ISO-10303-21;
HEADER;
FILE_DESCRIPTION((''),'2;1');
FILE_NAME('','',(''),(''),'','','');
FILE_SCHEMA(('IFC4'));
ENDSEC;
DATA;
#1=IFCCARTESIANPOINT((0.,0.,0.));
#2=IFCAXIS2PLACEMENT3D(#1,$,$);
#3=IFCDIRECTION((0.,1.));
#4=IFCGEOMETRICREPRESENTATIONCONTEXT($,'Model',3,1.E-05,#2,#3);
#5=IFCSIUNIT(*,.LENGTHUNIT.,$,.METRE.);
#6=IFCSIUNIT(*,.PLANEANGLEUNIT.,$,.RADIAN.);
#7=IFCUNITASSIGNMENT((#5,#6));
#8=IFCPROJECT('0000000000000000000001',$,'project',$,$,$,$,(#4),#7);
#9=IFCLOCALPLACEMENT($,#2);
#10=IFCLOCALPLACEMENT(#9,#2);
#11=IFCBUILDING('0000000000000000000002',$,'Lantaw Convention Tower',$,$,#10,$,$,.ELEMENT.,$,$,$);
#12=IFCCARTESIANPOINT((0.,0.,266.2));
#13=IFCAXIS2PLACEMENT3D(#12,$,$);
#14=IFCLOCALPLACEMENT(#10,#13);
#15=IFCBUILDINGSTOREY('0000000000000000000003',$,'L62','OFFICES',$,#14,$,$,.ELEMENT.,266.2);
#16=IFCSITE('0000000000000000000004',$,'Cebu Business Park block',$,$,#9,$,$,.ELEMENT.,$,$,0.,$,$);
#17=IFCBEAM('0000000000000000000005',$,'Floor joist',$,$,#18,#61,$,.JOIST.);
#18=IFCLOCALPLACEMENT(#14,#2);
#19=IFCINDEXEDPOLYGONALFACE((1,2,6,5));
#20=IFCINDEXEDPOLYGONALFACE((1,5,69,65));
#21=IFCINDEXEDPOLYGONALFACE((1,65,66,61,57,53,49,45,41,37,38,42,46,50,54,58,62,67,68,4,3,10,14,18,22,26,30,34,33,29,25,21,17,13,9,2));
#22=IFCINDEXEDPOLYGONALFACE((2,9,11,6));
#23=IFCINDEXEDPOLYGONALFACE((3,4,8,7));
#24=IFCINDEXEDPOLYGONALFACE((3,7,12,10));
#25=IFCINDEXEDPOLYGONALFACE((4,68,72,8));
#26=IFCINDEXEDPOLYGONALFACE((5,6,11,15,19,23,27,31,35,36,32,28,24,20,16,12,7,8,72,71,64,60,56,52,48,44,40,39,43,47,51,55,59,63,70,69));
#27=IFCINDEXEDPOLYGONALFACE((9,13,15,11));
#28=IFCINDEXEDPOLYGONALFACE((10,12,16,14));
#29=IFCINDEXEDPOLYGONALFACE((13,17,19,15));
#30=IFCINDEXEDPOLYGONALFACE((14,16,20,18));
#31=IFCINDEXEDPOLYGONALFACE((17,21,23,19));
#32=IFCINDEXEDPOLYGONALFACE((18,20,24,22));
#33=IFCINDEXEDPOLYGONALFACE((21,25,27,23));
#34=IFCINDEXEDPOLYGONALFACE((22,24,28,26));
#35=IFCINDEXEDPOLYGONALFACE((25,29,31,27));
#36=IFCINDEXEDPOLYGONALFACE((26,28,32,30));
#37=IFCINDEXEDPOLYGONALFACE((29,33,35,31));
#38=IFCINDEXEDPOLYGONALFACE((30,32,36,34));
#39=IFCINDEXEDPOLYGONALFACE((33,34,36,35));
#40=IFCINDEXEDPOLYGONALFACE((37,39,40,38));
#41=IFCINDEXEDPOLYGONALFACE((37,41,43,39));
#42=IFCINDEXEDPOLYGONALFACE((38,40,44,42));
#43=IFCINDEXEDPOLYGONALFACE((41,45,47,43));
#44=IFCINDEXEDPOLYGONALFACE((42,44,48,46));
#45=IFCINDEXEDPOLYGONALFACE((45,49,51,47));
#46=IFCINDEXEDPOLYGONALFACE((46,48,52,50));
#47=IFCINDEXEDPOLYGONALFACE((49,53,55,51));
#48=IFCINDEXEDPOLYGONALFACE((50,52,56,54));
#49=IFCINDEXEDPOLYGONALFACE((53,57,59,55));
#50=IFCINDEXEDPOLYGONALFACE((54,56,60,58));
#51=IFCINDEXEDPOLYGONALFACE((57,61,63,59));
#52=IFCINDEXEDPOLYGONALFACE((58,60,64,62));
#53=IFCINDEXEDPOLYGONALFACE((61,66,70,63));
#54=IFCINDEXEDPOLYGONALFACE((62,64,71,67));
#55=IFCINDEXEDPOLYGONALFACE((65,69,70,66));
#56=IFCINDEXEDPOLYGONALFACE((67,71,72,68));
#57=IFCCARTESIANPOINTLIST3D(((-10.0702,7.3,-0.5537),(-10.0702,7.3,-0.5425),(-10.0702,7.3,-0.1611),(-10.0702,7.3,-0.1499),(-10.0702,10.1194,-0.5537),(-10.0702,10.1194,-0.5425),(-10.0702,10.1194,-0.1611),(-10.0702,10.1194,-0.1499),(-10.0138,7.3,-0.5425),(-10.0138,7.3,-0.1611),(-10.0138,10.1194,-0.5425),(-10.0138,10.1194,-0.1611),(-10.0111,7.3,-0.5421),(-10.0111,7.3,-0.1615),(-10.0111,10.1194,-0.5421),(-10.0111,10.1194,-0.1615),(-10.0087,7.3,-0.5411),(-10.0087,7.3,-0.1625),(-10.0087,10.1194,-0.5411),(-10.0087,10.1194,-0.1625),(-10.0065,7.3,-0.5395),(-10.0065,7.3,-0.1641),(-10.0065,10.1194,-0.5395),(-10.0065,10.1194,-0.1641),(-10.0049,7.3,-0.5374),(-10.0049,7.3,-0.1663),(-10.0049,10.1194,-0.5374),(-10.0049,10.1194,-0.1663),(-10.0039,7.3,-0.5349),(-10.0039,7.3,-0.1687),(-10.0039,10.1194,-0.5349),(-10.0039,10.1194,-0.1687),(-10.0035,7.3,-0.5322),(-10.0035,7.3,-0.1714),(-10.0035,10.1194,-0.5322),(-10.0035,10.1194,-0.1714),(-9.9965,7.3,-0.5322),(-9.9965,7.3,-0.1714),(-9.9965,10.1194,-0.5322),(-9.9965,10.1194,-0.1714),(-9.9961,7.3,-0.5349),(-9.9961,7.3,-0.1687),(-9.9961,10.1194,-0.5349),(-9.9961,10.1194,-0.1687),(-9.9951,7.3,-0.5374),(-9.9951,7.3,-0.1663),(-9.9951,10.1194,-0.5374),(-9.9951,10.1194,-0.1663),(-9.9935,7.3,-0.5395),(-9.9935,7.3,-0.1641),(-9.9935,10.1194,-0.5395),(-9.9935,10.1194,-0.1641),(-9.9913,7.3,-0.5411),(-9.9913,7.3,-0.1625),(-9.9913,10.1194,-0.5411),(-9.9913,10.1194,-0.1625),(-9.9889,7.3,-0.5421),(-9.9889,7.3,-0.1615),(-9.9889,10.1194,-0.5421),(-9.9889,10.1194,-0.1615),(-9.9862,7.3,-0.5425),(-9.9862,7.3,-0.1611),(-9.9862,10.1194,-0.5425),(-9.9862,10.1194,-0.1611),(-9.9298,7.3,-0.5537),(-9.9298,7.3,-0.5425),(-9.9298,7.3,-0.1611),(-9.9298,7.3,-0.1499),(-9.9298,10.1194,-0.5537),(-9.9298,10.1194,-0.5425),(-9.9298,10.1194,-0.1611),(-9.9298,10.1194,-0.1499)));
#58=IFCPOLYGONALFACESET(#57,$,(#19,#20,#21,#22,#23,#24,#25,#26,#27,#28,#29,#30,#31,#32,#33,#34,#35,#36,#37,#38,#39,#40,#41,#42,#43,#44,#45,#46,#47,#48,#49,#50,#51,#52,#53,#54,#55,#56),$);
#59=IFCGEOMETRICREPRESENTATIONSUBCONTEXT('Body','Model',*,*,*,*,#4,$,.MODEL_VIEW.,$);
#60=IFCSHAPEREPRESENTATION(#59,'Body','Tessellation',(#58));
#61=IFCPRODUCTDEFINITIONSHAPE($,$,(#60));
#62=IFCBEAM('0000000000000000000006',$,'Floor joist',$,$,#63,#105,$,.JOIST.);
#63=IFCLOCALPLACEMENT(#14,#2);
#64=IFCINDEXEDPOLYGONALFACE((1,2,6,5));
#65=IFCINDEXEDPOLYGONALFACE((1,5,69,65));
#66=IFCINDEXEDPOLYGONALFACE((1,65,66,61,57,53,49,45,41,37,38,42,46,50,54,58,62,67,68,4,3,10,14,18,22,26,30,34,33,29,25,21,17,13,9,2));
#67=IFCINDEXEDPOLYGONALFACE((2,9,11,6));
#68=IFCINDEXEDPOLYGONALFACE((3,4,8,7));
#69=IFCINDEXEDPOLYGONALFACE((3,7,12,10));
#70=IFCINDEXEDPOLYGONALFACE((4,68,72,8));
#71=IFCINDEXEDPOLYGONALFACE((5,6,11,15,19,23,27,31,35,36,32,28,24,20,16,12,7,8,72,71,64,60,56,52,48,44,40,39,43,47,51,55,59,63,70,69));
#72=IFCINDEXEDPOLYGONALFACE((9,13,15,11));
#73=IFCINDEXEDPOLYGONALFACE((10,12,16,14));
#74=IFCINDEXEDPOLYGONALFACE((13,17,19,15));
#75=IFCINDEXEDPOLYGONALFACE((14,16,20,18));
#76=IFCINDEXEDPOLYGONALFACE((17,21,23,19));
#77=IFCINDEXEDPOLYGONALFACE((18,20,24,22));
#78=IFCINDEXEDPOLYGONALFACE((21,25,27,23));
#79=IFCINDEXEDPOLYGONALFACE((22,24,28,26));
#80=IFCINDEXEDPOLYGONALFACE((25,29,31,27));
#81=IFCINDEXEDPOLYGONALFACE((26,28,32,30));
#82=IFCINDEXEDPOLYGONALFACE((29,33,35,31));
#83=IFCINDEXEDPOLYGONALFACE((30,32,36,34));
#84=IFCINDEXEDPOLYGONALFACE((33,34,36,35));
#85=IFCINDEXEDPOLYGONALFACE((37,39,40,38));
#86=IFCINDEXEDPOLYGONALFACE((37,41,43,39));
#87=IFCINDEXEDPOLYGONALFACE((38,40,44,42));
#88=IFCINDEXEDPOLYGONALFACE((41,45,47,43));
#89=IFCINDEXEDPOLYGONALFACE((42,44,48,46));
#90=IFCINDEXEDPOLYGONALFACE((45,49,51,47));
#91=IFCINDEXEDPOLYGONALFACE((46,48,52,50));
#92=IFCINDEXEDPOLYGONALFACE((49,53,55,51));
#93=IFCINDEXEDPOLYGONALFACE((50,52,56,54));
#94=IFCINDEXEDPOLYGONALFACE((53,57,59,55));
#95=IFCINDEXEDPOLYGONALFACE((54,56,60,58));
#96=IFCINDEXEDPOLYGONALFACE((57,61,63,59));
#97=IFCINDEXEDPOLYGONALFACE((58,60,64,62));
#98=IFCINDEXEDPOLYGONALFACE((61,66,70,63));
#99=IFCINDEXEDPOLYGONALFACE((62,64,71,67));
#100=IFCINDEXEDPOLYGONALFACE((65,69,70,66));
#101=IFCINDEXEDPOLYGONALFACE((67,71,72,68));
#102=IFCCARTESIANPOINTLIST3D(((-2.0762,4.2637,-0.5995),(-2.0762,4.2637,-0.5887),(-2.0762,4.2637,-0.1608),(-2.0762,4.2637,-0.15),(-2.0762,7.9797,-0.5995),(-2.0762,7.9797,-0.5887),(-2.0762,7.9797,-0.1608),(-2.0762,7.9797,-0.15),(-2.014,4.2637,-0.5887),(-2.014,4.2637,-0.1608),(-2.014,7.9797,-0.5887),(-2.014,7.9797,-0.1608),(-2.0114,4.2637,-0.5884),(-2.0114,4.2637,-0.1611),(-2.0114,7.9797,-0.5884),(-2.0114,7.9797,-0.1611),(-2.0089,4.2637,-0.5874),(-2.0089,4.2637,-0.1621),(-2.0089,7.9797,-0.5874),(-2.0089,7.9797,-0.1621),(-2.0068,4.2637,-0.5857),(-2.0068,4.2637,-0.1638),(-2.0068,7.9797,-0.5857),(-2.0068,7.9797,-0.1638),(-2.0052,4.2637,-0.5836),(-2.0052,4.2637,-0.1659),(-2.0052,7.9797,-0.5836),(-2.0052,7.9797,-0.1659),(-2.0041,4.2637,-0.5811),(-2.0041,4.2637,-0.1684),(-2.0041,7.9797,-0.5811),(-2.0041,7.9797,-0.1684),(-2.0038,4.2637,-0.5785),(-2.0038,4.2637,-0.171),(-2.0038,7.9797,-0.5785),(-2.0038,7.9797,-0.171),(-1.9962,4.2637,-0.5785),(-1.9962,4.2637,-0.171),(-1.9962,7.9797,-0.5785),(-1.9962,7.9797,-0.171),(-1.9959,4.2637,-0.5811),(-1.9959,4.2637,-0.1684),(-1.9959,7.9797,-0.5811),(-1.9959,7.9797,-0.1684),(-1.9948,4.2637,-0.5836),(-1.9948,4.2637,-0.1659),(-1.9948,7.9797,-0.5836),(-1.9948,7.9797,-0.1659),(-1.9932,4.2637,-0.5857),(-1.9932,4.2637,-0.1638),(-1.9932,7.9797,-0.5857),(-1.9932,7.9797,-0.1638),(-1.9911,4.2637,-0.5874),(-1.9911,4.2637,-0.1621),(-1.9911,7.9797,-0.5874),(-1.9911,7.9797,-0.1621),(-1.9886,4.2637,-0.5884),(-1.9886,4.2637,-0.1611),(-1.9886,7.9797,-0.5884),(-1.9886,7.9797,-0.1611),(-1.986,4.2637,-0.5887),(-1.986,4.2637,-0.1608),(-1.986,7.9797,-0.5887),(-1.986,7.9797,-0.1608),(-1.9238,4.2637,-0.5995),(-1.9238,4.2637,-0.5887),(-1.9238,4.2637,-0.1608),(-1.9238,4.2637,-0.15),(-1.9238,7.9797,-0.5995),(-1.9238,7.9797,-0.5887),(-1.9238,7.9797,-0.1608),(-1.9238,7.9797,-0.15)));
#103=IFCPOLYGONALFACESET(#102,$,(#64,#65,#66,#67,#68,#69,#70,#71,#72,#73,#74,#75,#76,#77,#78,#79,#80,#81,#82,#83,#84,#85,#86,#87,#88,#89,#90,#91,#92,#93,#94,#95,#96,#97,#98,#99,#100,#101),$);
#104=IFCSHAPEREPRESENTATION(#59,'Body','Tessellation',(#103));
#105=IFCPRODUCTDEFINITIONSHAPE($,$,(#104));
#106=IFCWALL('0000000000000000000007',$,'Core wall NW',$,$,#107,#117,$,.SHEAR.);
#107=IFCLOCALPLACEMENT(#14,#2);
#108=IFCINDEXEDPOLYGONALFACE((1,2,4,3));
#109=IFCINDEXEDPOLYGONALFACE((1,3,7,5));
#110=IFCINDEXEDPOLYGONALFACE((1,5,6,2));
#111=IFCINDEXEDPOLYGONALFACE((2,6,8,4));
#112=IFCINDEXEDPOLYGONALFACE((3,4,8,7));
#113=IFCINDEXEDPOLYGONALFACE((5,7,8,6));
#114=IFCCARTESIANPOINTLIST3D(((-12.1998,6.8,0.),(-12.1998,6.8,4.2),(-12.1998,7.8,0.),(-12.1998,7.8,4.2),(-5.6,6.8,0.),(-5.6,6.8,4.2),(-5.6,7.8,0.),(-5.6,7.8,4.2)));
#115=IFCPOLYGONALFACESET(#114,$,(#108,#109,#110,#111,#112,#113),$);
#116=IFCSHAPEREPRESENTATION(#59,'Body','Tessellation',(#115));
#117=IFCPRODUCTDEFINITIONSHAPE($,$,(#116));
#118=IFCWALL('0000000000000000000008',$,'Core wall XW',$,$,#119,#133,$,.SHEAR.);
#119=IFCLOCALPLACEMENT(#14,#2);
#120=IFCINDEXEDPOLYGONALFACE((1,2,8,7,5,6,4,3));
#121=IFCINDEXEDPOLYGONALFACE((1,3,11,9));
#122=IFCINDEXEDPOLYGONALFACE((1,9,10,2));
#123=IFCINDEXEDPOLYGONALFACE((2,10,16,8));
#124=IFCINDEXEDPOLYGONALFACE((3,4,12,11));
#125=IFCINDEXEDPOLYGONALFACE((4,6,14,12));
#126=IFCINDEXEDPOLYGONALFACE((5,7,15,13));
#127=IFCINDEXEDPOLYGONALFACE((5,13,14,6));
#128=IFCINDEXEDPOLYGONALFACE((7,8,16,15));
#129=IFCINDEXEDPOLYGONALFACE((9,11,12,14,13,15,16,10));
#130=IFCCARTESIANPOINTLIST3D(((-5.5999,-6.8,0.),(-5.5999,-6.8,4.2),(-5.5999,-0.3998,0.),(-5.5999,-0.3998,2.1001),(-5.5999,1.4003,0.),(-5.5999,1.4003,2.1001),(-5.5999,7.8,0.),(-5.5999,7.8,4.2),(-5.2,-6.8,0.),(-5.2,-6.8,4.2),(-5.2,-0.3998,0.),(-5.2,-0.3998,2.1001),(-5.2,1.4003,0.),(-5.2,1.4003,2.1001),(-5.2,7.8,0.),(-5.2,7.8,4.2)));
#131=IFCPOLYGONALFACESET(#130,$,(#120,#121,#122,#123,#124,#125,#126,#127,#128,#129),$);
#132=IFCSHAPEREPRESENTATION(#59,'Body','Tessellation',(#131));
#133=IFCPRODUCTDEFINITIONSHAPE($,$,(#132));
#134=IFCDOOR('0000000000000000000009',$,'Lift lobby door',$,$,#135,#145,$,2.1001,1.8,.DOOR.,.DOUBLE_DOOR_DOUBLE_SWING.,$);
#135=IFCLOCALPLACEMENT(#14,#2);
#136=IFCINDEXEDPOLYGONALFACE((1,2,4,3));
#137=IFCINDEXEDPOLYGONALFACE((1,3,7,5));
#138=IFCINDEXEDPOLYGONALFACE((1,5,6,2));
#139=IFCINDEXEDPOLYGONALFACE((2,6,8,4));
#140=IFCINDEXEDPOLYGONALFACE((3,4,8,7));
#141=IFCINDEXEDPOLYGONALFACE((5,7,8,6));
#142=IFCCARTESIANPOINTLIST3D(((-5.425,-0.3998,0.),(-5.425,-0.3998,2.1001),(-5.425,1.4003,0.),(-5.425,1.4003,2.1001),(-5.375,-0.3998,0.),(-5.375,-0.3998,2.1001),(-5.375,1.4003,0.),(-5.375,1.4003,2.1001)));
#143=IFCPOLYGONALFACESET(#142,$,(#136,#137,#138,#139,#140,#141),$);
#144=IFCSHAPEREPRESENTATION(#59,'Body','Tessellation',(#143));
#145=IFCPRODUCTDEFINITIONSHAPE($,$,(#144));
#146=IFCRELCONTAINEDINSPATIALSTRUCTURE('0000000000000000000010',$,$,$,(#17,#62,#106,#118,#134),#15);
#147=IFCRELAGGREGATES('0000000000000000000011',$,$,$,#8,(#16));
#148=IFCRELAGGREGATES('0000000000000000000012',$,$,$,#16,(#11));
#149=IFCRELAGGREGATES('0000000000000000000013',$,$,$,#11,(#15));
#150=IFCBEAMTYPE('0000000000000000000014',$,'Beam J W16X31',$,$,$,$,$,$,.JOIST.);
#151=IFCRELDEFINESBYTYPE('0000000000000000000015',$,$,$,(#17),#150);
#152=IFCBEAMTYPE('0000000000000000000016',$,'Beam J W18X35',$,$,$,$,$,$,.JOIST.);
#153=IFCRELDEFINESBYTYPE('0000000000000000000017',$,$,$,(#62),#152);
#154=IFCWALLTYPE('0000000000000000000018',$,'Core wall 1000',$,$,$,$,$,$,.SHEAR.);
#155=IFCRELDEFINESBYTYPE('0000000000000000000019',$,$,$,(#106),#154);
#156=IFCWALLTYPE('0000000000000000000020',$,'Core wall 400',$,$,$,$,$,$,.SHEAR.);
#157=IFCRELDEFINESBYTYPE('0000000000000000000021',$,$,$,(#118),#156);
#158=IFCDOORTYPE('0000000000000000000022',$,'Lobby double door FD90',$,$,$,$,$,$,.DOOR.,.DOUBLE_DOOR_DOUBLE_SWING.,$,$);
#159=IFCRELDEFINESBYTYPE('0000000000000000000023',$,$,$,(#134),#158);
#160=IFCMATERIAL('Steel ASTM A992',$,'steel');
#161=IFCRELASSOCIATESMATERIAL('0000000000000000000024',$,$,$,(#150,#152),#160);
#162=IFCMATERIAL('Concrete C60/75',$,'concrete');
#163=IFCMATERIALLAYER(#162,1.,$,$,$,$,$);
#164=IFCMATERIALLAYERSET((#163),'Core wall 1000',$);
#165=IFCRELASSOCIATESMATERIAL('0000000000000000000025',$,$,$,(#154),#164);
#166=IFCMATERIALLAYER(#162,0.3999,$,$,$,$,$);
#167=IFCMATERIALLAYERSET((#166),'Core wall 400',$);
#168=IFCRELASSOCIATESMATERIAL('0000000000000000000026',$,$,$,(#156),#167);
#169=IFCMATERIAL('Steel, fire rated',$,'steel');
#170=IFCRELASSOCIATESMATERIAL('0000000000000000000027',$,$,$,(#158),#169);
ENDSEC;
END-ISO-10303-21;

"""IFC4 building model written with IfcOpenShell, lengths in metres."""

from ifc_helpers import new_model, si_unit, direction, frame, frame_2d, origin, origin_2d, place, context, subcontext, project, spatial, rectangle, i_section, extrude, material, layer, layer_set, material_profile, profile_set, type_object, element, fill, save


model = new_model("IFC4")

# Units and contexts
model_context = context("Model", 3, precision=1e-05, world=origin(), true_north=direction((0.0, 1.0)))
body_context = subcontext(model_context, "Body", "Model", "MODEL_VIEW")
ifc_project = project(units=[si_unit("LENGTHUNIT", "METRE"), si_unit("PLANEANGLEUNIT", "RADIAN")], contexts=[model_context])

# Site, building, storey
site_placement = place(None, origin())
site = spatial("IfcSite", under=ifc_project, at=site_placement, Name="Cebu Business Park block", CompositionType="ELEMENT", RefElevation=0.0)
building_placement = place(site_placement, origin())
building = spatial("IfcBuilding", under=site, at=building_placement, Name="Lantaw Convention Tower", CompositionType="ELEMENT")
storey_placement = place(building_placement, frame((0.0, 0.0, 266.2)))
storey = spatial("IfcBuildingStorey", under=building, at=storey_placement, Name="L62", Description="OFFICES", CompositionType="ELEMENT", Elevation=266.2)

# Beams
ifc_material_1 = material(Name="Steel ASTM A992", Category="steel")
ifc_material_profile_1 = material_profile(ifc_material_1, i_section(OverallWidth=0.1404, OverallDepth=0.4038, WebThickness=0.0071, FlangeThickness=0.0112, FilletRadius=0.0103, at=origin_2d()), Name="W16X31")
ifc_profile_set_1 = profile_set([ifc_material_profile_1], Name="Steel ASTM A992")
beam_type_1 = type_object("IfcBeamType", Name="Beam J W16X31", PredefinedType="JOIST", material=ifc_profile_set_1)
beam_1_placement = place(storey_placement, frame((-10.0, 7.3, -0.3518), z_axis=(0.0, 1.0, 0.0), x_axis=(-1.0, 0.0, 0.0)))
element("IfcBeam", 1, at=beam_1_placement, inside=storey, type_object=beam_type_1, Name="Floor joist", PredefinedType="JOIST", context=body_context, shape_type="SweptSolid", body=[
    extrude(i_section(OverallWidth=0.1404, OverallDepth=0.4038, WebThickness=0.0071, FlangeThickness=0.0112, FilletRadius=0.0103, at=origin_2d()), origin(), (0.0, 0.0, 1.0), 2.8193),
])
ifc_material_profile_2 = material_profile(ifc_material_1, i_section(OverallWidth=0.1523, OverallDepth=0.4495, WebThickness=0.0076, FlangeThickness=0.0107, FilletRadius=0.0103, at=origin_2d()), Name="W18X35")
ifc_profile_set_2 = profile_set([ifc_material_profile_2], Name="Steel ASTM A992")
beam_type_2 = type_object("IfcBeamType", Name="Beam J W18X35", PredefinedType="JOIST", material=ifc_profile_set_2)
beam_2_placement = place(storey_placement, frame((-2.0, 4.2637, -0.3748), z_axis=(0.0, 1.0, 0.0), x_axis=(-1.0, 0.0, 0.0)))
element("IfcBeam", 2, at=beam_2_placement, inside=storey, type_object=beam_type_2, Name="Floor joist", PredefinedType="JOIST", context=body_context, shape_type="SweptSolid", body=[
    extrude(i_section(OverallWidth=0.1523, OverallDepth=0.4495, WebThickness=0.0076, FlangeThickness=0.0107, FilletRadius=0.0103, at=origin_2d()), origin(), (0.0, 0.0, 1.0), 3.7161),
])

# Wall
ifc_material_2 = material(Name="Concrete C60/75", Category="concrete")
ifc_layer_1 = layer(ifc_material_2, 1.0)
ifc_layer_set_1 = layer_set([ifc_layer_1], Name="Core wall 1000")
wall_type_1 = type_object("IfcWallType", Name="Core wall 1000", PredefinedType="SHEAR", material=ifc_layer_set_1)
wall_1_placement = place(storey_placement, frame((-5.6001, 7.3, 0.0), z_axis=(0.0, 0.0, 1.0), x_axis=(-1.0, 0.0, 0.0)))
element("IfcWall", 3, at=wall_1_placement, inside=storey, type_object=wall_type_1, Name="Core wall NW", PredefinedType="SHEAR", context=body_context, shape_type="SweptSolid", body=[
    extrude(rectangle(XDim=6.5999, YDim=1.0, at=frame_2d((3.2998, 0.0))), origin(), (0.0, 0.0, 1.0), 4.2),
])

# Wall, opening, door
ifc_layer_2 = layer(ifc_material_2, 0.3999)
ifc_layer_set_2 = layer_set([ifc_layer_2], Name="Core wall 400")
wall_type_2 = type_object("IfcWallType", Name="Core wall 400", PredefinedType="SHEAR", material=ifc_layer_set_2)
wall_2_placement = place(storey_placement, frame((-5.3999, 7.8, 0.0), z_axis=(0.0, 0.0, 1.0), x_axis=(0.0, -1.0, 0.0)))
wall_2 = element("IfcWall", 4, at=wall_2_placement, inside=storey, type_object=wall_type_2, Name="Core wall XW", PredefinedType="SHEAR", context=body_context, shape_type="SweptSolid", body=[
    extrude(rectangle(XDim=14.6001, YDim=0.3999, at=frame_2d((7.3, 0.0))), origin(), (0.0, 0.0, 1.0), 4.2),
])
opening_1_placement = place(wall_2_placement, frame((6.3999, 0.0, 0.0)))
opening_1 = element("IfcOpeningElement", 5, at=opening_1_placement, cuts=wall_2, PredefinedType="OPENING", context=body_context, shape_type="SweptSolid", body=[
    extrude(rectangle(XDim=1.8, YDim=2.1001, at=frame_2d((0.8999, 1.05))), frame((0.0, 0.21, 0.0), z_axis=(0.0, -1.0, 0.0), x_axis=(1.0, 0.0, 0.0)), (0.0, 0.0, 1.0), 0.4199),
])
ifc_material_3 = material(Name="Steel, fire rated", Category="steel")
door_type_1 = type_object("IfcDoorType", Name="Lobby double door FD90", OperationType="DOUBLE_DOOR_DOUBLE_SWING", PredefinedType="DOOR", material=ifc_material_3)
door_1_placement = place(opening_1_placement, origin())
door_1 = element("IfcDoor", 6, at=door_1_placement, inside=storey, type_object=door_type_1, Name="Lift lobby door", OperationType="DOUBLE_DOOR_DOUBLE_SWING", OverallHeight=2.1001, OverallWidth=1.8, PredefinedType="DOOR", context=body_context, shape_type="SweptSolid", body=[
    extrude(rectangle(XDim=1.8, YDim=2.1001, at=frame_2d((0.8999, 1.05))), frame((0.0, 0.0249, 0.0), z_axis=(0.0, -1.0, 0.0), x_axis=(1.0, 0.0, 0.0)), (0.0, 0.0, 1.0), 0.05),
])
fill(opening_1, door_1)

save(model, "model.ifc")
